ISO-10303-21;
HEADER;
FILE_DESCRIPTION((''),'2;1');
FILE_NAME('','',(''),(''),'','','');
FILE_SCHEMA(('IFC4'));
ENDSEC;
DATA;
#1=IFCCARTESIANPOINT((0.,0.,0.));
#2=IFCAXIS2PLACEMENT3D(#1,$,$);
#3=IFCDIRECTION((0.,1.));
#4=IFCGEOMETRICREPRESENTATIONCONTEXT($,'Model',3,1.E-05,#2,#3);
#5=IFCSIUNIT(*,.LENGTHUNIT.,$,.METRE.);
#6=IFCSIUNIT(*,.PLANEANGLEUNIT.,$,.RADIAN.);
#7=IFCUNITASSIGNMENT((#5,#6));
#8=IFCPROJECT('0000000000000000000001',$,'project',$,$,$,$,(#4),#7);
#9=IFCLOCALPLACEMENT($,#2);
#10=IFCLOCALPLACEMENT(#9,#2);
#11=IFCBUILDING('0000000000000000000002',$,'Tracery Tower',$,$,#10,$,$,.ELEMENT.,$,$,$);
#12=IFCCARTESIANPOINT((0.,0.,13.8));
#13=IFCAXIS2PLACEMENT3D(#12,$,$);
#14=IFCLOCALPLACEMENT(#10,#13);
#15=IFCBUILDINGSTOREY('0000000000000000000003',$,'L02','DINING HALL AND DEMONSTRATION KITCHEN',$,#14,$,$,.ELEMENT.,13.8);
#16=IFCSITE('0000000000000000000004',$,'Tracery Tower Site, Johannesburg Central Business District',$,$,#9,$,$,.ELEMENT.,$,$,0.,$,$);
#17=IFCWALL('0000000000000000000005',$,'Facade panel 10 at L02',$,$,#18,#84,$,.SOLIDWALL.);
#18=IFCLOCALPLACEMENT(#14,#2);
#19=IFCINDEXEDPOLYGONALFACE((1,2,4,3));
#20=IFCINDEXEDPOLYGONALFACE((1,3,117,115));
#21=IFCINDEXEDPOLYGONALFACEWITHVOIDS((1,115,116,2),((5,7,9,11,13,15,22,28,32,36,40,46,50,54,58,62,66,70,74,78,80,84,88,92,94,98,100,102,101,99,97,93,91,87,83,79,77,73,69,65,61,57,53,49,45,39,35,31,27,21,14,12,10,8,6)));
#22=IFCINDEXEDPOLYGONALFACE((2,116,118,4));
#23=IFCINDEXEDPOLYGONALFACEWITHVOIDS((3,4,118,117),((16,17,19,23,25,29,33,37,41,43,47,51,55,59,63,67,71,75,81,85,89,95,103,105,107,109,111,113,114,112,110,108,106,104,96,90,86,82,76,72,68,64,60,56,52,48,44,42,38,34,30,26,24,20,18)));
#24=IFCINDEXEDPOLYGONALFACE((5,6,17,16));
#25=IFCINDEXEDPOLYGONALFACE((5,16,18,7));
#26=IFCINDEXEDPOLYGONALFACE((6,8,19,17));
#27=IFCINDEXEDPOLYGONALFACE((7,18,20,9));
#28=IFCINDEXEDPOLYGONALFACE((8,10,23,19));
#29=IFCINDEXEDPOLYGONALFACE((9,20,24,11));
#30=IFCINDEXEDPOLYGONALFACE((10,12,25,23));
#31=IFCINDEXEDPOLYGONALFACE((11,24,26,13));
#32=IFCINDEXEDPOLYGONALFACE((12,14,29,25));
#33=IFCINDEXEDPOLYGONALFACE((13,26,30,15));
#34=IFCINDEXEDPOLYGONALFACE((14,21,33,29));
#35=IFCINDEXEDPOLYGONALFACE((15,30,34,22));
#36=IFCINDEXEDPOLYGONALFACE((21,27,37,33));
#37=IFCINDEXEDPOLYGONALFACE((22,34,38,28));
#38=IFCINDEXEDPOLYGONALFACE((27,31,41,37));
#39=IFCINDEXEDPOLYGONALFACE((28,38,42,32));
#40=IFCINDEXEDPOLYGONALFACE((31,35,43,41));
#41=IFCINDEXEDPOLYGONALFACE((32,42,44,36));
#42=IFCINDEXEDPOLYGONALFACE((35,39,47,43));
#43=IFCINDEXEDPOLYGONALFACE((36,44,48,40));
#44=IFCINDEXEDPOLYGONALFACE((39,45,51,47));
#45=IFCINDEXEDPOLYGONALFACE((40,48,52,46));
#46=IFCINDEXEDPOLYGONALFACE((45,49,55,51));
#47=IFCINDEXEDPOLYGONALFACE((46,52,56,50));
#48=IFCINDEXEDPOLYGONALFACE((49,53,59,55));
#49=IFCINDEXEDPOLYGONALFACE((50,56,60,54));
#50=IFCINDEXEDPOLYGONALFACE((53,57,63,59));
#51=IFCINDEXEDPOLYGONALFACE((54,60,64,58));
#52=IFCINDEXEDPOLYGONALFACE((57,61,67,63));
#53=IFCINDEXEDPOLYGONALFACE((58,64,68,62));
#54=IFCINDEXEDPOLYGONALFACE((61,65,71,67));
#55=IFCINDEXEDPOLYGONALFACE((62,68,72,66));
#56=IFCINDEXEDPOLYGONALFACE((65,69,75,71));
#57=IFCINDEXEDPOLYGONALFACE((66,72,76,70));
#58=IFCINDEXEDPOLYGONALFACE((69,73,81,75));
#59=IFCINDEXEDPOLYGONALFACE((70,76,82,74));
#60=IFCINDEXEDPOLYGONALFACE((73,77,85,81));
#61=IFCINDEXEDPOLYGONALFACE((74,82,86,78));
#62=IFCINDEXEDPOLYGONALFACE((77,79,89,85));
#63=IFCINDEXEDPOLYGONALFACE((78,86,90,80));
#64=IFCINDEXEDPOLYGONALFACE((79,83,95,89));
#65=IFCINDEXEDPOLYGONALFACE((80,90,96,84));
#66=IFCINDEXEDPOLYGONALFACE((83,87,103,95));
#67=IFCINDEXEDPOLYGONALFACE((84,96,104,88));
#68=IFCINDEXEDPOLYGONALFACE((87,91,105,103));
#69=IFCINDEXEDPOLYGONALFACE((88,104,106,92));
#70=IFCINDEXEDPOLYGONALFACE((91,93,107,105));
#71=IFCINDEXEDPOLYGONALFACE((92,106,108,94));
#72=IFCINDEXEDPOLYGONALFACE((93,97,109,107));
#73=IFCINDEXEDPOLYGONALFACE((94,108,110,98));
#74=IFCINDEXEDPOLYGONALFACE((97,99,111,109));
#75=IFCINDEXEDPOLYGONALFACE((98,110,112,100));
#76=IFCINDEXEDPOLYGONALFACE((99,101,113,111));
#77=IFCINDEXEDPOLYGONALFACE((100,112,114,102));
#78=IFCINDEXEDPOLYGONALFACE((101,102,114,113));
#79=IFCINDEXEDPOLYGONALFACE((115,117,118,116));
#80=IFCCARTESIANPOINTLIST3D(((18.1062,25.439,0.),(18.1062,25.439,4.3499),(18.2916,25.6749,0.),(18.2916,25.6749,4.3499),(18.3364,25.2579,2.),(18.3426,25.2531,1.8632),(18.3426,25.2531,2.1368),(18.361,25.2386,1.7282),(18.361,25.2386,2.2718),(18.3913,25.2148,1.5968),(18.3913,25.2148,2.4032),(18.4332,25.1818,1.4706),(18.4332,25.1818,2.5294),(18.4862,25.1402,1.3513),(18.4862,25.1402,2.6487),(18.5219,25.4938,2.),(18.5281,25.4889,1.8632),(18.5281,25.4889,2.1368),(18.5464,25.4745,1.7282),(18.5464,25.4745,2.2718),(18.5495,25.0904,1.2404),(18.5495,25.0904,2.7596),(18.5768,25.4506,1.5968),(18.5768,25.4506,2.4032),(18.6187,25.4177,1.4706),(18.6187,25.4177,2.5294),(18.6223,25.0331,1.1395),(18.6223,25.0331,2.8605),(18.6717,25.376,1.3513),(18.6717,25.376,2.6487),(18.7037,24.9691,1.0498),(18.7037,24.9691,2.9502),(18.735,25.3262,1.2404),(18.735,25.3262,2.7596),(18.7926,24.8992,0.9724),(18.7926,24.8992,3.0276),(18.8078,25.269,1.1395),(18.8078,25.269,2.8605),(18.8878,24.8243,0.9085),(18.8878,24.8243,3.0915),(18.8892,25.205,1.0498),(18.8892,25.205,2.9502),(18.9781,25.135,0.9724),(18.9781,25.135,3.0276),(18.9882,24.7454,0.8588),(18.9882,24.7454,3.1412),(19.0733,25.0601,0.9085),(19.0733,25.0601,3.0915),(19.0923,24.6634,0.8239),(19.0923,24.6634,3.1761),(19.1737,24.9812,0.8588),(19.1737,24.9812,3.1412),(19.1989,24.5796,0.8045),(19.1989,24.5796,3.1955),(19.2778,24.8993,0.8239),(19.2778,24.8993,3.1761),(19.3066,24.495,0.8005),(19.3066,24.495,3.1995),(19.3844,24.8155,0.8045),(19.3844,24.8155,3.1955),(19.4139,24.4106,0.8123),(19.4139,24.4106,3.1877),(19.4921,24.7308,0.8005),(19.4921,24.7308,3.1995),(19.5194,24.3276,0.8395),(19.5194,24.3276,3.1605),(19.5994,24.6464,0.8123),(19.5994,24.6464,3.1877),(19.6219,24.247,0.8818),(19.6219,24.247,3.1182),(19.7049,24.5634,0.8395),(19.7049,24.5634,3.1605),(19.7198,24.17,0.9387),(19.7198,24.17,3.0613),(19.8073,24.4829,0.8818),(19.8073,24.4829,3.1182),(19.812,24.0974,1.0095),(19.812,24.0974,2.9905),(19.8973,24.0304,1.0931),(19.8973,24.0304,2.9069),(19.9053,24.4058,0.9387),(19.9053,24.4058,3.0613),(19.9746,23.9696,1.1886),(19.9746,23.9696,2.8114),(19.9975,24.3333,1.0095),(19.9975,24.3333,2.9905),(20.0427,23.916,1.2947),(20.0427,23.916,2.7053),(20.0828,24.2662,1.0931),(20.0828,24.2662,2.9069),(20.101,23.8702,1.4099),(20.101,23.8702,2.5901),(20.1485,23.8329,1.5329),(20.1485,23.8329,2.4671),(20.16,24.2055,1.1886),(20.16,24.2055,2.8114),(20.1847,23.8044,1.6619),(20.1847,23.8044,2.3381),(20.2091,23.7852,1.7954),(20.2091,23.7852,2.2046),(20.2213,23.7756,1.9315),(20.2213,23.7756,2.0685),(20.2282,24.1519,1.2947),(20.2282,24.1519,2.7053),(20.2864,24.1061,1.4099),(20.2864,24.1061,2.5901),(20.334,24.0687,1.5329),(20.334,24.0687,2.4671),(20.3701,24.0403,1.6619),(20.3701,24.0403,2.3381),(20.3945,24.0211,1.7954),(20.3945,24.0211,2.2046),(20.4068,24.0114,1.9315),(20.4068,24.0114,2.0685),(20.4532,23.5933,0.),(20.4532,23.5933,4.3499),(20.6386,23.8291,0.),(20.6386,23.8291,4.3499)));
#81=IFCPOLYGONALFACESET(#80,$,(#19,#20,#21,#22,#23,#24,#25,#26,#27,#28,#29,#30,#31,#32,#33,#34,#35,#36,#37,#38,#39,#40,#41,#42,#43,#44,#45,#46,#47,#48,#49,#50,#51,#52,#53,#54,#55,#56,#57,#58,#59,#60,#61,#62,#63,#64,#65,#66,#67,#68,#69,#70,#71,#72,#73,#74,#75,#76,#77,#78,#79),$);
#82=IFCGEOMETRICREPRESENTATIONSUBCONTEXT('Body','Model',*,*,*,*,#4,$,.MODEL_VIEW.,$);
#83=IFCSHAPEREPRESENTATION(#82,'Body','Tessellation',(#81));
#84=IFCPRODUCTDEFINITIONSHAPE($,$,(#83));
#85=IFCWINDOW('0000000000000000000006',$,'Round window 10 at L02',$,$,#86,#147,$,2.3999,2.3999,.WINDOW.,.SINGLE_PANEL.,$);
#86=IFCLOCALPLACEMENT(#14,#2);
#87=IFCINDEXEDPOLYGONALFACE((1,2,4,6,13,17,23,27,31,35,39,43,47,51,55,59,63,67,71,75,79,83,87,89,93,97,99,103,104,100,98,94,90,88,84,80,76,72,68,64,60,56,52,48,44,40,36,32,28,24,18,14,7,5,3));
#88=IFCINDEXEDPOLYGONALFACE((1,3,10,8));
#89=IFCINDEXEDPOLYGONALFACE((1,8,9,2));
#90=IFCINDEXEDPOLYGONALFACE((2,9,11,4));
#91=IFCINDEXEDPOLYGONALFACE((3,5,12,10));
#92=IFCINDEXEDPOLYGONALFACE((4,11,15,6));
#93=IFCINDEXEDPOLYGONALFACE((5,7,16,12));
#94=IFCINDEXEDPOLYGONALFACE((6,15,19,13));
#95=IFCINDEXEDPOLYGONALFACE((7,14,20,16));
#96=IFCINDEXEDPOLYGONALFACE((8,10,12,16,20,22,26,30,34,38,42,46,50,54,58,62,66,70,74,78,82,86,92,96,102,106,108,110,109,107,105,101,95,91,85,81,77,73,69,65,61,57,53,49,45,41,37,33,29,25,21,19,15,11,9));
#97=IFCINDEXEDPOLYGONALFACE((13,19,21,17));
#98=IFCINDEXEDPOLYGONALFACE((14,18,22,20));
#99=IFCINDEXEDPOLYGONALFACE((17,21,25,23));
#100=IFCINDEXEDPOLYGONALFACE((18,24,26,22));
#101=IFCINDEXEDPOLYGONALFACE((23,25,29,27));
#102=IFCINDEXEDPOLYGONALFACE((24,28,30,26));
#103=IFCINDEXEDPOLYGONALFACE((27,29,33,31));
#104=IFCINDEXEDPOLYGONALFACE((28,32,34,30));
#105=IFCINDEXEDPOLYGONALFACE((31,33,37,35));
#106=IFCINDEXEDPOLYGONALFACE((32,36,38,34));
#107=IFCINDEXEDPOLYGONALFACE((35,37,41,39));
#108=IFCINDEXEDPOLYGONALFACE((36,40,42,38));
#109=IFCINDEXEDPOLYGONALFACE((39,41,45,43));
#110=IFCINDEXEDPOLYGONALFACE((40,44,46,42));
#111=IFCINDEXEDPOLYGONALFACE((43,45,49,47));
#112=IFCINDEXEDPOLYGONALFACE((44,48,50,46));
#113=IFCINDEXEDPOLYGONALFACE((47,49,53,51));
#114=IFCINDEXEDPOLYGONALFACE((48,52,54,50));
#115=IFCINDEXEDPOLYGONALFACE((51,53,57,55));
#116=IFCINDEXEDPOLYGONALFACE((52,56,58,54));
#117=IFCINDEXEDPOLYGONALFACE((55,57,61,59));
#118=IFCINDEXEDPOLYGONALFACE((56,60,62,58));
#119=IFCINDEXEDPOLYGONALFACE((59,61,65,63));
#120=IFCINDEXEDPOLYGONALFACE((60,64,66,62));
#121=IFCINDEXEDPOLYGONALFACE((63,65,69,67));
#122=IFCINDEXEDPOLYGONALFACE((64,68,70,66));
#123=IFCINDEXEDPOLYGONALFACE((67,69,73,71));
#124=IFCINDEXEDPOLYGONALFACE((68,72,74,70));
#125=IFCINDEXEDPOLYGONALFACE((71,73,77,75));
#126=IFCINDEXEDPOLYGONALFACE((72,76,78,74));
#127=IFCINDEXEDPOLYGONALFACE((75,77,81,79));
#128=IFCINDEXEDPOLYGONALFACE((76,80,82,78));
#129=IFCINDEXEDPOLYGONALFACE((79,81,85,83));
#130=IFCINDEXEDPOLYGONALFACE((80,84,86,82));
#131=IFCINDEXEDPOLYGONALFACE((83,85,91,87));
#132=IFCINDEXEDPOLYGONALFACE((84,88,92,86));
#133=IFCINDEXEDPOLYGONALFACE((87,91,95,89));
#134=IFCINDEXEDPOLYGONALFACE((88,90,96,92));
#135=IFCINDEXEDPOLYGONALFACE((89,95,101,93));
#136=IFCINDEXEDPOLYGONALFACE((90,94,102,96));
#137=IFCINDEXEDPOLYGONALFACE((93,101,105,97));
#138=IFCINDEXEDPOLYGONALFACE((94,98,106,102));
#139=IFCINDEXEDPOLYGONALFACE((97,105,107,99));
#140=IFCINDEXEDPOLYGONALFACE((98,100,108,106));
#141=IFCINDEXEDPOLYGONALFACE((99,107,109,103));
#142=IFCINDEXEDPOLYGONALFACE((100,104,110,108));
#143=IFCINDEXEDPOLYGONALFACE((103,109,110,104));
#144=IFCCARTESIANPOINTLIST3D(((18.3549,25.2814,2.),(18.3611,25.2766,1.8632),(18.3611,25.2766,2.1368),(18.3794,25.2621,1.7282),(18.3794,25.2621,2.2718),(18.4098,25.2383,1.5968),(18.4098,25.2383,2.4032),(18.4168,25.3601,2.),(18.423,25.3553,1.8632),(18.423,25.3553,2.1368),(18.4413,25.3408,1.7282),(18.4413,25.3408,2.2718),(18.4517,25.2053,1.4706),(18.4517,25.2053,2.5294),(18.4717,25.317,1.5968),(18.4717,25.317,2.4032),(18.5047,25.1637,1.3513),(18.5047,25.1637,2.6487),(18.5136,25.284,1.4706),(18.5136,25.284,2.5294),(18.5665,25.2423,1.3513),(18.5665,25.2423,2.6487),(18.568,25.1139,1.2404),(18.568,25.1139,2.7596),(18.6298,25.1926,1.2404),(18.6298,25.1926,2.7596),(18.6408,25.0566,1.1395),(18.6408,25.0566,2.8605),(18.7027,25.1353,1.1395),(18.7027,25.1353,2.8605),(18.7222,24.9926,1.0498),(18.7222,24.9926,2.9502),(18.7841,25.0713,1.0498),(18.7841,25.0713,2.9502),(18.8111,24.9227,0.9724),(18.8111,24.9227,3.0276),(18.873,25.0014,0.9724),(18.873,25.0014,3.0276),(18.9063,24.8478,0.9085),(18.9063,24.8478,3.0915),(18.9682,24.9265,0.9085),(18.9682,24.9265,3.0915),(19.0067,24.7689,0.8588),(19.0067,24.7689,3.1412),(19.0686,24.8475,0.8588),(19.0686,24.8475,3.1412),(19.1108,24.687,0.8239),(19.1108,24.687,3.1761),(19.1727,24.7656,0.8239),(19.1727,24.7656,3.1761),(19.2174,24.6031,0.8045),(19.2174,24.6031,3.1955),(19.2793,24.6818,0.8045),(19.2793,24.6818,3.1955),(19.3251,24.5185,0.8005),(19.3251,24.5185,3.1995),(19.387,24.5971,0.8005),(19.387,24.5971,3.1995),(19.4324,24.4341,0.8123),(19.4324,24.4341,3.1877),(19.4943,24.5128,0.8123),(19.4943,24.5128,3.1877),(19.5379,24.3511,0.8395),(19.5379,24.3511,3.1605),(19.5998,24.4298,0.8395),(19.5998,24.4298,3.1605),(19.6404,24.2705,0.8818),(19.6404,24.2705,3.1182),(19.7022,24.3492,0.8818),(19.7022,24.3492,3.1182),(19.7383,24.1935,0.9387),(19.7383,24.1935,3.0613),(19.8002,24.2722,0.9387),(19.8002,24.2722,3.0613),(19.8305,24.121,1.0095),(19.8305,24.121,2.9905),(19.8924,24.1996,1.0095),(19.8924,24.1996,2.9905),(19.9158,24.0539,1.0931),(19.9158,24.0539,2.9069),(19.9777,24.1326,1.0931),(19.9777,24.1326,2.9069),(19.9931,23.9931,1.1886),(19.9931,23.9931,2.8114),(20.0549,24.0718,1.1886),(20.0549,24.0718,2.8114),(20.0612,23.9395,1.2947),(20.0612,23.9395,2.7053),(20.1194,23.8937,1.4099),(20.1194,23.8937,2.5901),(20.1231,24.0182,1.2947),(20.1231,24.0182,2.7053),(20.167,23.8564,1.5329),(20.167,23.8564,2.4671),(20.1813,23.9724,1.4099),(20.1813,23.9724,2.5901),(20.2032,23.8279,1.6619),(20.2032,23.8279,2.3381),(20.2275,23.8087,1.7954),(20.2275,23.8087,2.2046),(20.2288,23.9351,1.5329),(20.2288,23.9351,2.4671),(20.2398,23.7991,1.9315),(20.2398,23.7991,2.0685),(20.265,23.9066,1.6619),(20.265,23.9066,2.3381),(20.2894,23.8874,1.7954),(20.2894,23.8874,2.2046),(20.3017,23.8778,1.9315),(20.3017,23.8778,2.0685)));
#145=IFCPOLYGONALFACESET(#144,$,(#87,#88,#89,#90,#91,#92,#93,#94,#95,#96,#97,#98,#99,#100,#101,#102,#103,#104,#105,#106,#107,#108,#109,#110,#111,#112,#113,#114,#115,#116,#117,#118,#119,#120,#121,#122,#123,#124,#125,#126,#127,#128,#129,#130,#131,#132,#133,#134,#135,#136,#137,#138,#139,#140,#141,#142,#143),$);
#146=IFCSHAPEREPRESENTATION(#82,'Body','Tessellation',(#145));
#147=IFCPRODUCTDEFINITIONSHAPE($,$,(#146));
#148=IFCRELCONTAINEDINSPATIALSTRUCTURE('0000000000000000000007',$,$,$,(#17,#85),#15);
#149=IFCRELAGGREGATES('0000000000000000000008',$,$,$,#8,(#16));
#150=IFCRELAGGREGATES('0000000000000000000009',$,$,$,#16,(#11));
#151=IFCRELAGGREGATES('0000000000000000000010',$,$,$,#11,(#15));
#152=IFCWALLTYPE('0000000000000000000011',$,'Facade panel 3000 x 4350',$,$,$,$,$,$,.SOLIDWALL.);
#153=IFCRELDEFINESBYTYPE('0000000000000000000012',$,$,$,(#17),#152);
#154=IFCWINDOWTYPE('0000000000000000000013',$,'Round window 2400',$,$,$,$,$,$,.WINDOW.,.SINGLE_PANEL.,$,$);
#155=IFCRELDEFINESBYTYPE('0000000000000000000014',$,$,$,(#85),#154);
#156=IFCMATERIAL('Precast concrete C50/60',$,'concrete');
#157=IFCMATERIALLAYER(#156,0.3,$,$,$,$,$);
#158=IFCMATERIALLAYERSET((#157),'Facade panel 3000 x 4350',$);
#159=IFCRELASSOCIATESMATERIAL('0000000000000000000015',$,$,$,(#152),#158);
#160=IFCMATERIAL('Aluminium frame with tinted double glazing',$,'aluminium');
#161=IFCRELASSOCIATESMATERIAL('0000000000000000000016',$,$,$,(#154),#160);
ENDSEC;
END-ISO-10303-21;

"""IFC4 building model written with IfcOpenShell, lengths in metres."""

from ifc_helpers import new_model, si_unit, direction, frame, frame_2d, origin, origin_2d, place, context, subcontext, project, spatial, rectangle, circle, extrude, material, layer, layer_set, type_object, element, fill, save


model = new_model("IFC4")

# Units and contexts
model_context = context("Model", 3, precision=1e-05, world=origin(), true_north=direction((0.0, 1.0)))
body_context = subcontext(model_context, "Body", "Model", "MODEL_VIEW")
ifc_project = project(units=[si_unit("LENGTHUNIT", "METRE"), si_unit("PLANEANGLEUNIT", "RADIAN")], contexts=[model_context])

# Site, building, storey
site_placement = place(None, origin())
site = spatial("IfcSite", under=ifc_project, at=site_placement, Name="Tracery Tower Site, Johannesburg Central Business District", CompositionType="ELEMENT", RefElevation=0.0)
building_placement = place(site_placement, origin())
building = spatial("IfcBuilding", under=site, at=building_placement, Name="Tracery Tower", CompositionType="ELEMENT")
storey_placement = place(building_placement, frame((0.0, 0.0, 13.8)))
storey = spatial("IfcBuildingStorey", under=building, at=storey_placement, Name="L02", Description="DINING HALL AND DEMONSTRATION KITCHEN", CompositionType="ELEMENT", Elevation=13.8)

# Wall, opening, window
ifc_material_1 = material(Name="Precast concrete C50/60", Category="concrete")
ifc_layer_1 = layer(ifc_material_1, 0.3)
ifc_layer_set_1 = layer_set([ifc_layer_1], Name="Facade panel 3000 x 4350")
wall_type_1 = type_object("IfcWallType", Name="Facade panel 3000 x 4350", PredefinedType="SOLIDWALL", material=ifc_layer_set_1)
ifc_material_2 = material(Name="Aluminium frame with tinted double glazing", Category="aluminium")
window_type = type_object("IfcWindowType", Name="Round window 2400", PartitioningType="SINGLE_PANEL", PredefinedType="WINDOW", material=ifc_material_2)
wall_1_placement = place(storey_placement, frame((20.5459, 23.7112, 0.0), z_axis=(0.0, 0.0, 1.0), x_axis=(-0.786043, 0.618172, 0.0)))
wall_1 = element("IfcWall", 1, at=wall_1_placement, inside=storey, type_object=wall_type_1, Name="Facade panel 10 at L02", PredefinedType="SOLIDWALL", context=body_context, shape_type="SweptSolid", body=[
    extrude(rectangle(XDim=2.9858, YDim=0.3, at=frame_2d((1.4929, 0.0))), origin(), (0.0, 0.0, 1.0), 4.3499),
])
opening_1_placement = place(wall_1_placement, frame((1.4929, 0.0, 2.0)))
opening_1 = element("IfcOpeningElement", 2, at=opening_1_placement, cuts=wall_1, PredefinedType="OPENING", context=body_context, shape_type="SweptSolid", body=[
    extrude(circle(Radius=1.2, at=origin_2d()), frame((0.0, 0.1599, 0.0), z_axis=(0.0, -1.0, 0.0), x_axis=(1.0, 0.0, 0.0)), (0.0, 0.0, 1.0), 0.3201),
])
window_1_placement = place(opening_1_placement, origin())
window_1 = element("IfcWindow", 3, at=window_1_placement, inside=storey, type_object=window_type, Name="Round window 10 at L02", OverallHeight=2.3999, OverallWidth=2.3999, PartitioningType="SINGLE_PANEL", PredefinedType="WINDOW", context=body_context, shape_type="SweptSolid", body=[
    extrude(circle(Radius=1.2, at=origin_2d()), frame((0.0, 0.1201, 0.0), z_axis=(0.0, -1.0, 0.0), x_axis=(1.0, 0.0, 0.0)), (0.0, 0.0, 1.0), 0.1001),
])
fill(opening_1, window_1)

save(model, "model.ifc")
